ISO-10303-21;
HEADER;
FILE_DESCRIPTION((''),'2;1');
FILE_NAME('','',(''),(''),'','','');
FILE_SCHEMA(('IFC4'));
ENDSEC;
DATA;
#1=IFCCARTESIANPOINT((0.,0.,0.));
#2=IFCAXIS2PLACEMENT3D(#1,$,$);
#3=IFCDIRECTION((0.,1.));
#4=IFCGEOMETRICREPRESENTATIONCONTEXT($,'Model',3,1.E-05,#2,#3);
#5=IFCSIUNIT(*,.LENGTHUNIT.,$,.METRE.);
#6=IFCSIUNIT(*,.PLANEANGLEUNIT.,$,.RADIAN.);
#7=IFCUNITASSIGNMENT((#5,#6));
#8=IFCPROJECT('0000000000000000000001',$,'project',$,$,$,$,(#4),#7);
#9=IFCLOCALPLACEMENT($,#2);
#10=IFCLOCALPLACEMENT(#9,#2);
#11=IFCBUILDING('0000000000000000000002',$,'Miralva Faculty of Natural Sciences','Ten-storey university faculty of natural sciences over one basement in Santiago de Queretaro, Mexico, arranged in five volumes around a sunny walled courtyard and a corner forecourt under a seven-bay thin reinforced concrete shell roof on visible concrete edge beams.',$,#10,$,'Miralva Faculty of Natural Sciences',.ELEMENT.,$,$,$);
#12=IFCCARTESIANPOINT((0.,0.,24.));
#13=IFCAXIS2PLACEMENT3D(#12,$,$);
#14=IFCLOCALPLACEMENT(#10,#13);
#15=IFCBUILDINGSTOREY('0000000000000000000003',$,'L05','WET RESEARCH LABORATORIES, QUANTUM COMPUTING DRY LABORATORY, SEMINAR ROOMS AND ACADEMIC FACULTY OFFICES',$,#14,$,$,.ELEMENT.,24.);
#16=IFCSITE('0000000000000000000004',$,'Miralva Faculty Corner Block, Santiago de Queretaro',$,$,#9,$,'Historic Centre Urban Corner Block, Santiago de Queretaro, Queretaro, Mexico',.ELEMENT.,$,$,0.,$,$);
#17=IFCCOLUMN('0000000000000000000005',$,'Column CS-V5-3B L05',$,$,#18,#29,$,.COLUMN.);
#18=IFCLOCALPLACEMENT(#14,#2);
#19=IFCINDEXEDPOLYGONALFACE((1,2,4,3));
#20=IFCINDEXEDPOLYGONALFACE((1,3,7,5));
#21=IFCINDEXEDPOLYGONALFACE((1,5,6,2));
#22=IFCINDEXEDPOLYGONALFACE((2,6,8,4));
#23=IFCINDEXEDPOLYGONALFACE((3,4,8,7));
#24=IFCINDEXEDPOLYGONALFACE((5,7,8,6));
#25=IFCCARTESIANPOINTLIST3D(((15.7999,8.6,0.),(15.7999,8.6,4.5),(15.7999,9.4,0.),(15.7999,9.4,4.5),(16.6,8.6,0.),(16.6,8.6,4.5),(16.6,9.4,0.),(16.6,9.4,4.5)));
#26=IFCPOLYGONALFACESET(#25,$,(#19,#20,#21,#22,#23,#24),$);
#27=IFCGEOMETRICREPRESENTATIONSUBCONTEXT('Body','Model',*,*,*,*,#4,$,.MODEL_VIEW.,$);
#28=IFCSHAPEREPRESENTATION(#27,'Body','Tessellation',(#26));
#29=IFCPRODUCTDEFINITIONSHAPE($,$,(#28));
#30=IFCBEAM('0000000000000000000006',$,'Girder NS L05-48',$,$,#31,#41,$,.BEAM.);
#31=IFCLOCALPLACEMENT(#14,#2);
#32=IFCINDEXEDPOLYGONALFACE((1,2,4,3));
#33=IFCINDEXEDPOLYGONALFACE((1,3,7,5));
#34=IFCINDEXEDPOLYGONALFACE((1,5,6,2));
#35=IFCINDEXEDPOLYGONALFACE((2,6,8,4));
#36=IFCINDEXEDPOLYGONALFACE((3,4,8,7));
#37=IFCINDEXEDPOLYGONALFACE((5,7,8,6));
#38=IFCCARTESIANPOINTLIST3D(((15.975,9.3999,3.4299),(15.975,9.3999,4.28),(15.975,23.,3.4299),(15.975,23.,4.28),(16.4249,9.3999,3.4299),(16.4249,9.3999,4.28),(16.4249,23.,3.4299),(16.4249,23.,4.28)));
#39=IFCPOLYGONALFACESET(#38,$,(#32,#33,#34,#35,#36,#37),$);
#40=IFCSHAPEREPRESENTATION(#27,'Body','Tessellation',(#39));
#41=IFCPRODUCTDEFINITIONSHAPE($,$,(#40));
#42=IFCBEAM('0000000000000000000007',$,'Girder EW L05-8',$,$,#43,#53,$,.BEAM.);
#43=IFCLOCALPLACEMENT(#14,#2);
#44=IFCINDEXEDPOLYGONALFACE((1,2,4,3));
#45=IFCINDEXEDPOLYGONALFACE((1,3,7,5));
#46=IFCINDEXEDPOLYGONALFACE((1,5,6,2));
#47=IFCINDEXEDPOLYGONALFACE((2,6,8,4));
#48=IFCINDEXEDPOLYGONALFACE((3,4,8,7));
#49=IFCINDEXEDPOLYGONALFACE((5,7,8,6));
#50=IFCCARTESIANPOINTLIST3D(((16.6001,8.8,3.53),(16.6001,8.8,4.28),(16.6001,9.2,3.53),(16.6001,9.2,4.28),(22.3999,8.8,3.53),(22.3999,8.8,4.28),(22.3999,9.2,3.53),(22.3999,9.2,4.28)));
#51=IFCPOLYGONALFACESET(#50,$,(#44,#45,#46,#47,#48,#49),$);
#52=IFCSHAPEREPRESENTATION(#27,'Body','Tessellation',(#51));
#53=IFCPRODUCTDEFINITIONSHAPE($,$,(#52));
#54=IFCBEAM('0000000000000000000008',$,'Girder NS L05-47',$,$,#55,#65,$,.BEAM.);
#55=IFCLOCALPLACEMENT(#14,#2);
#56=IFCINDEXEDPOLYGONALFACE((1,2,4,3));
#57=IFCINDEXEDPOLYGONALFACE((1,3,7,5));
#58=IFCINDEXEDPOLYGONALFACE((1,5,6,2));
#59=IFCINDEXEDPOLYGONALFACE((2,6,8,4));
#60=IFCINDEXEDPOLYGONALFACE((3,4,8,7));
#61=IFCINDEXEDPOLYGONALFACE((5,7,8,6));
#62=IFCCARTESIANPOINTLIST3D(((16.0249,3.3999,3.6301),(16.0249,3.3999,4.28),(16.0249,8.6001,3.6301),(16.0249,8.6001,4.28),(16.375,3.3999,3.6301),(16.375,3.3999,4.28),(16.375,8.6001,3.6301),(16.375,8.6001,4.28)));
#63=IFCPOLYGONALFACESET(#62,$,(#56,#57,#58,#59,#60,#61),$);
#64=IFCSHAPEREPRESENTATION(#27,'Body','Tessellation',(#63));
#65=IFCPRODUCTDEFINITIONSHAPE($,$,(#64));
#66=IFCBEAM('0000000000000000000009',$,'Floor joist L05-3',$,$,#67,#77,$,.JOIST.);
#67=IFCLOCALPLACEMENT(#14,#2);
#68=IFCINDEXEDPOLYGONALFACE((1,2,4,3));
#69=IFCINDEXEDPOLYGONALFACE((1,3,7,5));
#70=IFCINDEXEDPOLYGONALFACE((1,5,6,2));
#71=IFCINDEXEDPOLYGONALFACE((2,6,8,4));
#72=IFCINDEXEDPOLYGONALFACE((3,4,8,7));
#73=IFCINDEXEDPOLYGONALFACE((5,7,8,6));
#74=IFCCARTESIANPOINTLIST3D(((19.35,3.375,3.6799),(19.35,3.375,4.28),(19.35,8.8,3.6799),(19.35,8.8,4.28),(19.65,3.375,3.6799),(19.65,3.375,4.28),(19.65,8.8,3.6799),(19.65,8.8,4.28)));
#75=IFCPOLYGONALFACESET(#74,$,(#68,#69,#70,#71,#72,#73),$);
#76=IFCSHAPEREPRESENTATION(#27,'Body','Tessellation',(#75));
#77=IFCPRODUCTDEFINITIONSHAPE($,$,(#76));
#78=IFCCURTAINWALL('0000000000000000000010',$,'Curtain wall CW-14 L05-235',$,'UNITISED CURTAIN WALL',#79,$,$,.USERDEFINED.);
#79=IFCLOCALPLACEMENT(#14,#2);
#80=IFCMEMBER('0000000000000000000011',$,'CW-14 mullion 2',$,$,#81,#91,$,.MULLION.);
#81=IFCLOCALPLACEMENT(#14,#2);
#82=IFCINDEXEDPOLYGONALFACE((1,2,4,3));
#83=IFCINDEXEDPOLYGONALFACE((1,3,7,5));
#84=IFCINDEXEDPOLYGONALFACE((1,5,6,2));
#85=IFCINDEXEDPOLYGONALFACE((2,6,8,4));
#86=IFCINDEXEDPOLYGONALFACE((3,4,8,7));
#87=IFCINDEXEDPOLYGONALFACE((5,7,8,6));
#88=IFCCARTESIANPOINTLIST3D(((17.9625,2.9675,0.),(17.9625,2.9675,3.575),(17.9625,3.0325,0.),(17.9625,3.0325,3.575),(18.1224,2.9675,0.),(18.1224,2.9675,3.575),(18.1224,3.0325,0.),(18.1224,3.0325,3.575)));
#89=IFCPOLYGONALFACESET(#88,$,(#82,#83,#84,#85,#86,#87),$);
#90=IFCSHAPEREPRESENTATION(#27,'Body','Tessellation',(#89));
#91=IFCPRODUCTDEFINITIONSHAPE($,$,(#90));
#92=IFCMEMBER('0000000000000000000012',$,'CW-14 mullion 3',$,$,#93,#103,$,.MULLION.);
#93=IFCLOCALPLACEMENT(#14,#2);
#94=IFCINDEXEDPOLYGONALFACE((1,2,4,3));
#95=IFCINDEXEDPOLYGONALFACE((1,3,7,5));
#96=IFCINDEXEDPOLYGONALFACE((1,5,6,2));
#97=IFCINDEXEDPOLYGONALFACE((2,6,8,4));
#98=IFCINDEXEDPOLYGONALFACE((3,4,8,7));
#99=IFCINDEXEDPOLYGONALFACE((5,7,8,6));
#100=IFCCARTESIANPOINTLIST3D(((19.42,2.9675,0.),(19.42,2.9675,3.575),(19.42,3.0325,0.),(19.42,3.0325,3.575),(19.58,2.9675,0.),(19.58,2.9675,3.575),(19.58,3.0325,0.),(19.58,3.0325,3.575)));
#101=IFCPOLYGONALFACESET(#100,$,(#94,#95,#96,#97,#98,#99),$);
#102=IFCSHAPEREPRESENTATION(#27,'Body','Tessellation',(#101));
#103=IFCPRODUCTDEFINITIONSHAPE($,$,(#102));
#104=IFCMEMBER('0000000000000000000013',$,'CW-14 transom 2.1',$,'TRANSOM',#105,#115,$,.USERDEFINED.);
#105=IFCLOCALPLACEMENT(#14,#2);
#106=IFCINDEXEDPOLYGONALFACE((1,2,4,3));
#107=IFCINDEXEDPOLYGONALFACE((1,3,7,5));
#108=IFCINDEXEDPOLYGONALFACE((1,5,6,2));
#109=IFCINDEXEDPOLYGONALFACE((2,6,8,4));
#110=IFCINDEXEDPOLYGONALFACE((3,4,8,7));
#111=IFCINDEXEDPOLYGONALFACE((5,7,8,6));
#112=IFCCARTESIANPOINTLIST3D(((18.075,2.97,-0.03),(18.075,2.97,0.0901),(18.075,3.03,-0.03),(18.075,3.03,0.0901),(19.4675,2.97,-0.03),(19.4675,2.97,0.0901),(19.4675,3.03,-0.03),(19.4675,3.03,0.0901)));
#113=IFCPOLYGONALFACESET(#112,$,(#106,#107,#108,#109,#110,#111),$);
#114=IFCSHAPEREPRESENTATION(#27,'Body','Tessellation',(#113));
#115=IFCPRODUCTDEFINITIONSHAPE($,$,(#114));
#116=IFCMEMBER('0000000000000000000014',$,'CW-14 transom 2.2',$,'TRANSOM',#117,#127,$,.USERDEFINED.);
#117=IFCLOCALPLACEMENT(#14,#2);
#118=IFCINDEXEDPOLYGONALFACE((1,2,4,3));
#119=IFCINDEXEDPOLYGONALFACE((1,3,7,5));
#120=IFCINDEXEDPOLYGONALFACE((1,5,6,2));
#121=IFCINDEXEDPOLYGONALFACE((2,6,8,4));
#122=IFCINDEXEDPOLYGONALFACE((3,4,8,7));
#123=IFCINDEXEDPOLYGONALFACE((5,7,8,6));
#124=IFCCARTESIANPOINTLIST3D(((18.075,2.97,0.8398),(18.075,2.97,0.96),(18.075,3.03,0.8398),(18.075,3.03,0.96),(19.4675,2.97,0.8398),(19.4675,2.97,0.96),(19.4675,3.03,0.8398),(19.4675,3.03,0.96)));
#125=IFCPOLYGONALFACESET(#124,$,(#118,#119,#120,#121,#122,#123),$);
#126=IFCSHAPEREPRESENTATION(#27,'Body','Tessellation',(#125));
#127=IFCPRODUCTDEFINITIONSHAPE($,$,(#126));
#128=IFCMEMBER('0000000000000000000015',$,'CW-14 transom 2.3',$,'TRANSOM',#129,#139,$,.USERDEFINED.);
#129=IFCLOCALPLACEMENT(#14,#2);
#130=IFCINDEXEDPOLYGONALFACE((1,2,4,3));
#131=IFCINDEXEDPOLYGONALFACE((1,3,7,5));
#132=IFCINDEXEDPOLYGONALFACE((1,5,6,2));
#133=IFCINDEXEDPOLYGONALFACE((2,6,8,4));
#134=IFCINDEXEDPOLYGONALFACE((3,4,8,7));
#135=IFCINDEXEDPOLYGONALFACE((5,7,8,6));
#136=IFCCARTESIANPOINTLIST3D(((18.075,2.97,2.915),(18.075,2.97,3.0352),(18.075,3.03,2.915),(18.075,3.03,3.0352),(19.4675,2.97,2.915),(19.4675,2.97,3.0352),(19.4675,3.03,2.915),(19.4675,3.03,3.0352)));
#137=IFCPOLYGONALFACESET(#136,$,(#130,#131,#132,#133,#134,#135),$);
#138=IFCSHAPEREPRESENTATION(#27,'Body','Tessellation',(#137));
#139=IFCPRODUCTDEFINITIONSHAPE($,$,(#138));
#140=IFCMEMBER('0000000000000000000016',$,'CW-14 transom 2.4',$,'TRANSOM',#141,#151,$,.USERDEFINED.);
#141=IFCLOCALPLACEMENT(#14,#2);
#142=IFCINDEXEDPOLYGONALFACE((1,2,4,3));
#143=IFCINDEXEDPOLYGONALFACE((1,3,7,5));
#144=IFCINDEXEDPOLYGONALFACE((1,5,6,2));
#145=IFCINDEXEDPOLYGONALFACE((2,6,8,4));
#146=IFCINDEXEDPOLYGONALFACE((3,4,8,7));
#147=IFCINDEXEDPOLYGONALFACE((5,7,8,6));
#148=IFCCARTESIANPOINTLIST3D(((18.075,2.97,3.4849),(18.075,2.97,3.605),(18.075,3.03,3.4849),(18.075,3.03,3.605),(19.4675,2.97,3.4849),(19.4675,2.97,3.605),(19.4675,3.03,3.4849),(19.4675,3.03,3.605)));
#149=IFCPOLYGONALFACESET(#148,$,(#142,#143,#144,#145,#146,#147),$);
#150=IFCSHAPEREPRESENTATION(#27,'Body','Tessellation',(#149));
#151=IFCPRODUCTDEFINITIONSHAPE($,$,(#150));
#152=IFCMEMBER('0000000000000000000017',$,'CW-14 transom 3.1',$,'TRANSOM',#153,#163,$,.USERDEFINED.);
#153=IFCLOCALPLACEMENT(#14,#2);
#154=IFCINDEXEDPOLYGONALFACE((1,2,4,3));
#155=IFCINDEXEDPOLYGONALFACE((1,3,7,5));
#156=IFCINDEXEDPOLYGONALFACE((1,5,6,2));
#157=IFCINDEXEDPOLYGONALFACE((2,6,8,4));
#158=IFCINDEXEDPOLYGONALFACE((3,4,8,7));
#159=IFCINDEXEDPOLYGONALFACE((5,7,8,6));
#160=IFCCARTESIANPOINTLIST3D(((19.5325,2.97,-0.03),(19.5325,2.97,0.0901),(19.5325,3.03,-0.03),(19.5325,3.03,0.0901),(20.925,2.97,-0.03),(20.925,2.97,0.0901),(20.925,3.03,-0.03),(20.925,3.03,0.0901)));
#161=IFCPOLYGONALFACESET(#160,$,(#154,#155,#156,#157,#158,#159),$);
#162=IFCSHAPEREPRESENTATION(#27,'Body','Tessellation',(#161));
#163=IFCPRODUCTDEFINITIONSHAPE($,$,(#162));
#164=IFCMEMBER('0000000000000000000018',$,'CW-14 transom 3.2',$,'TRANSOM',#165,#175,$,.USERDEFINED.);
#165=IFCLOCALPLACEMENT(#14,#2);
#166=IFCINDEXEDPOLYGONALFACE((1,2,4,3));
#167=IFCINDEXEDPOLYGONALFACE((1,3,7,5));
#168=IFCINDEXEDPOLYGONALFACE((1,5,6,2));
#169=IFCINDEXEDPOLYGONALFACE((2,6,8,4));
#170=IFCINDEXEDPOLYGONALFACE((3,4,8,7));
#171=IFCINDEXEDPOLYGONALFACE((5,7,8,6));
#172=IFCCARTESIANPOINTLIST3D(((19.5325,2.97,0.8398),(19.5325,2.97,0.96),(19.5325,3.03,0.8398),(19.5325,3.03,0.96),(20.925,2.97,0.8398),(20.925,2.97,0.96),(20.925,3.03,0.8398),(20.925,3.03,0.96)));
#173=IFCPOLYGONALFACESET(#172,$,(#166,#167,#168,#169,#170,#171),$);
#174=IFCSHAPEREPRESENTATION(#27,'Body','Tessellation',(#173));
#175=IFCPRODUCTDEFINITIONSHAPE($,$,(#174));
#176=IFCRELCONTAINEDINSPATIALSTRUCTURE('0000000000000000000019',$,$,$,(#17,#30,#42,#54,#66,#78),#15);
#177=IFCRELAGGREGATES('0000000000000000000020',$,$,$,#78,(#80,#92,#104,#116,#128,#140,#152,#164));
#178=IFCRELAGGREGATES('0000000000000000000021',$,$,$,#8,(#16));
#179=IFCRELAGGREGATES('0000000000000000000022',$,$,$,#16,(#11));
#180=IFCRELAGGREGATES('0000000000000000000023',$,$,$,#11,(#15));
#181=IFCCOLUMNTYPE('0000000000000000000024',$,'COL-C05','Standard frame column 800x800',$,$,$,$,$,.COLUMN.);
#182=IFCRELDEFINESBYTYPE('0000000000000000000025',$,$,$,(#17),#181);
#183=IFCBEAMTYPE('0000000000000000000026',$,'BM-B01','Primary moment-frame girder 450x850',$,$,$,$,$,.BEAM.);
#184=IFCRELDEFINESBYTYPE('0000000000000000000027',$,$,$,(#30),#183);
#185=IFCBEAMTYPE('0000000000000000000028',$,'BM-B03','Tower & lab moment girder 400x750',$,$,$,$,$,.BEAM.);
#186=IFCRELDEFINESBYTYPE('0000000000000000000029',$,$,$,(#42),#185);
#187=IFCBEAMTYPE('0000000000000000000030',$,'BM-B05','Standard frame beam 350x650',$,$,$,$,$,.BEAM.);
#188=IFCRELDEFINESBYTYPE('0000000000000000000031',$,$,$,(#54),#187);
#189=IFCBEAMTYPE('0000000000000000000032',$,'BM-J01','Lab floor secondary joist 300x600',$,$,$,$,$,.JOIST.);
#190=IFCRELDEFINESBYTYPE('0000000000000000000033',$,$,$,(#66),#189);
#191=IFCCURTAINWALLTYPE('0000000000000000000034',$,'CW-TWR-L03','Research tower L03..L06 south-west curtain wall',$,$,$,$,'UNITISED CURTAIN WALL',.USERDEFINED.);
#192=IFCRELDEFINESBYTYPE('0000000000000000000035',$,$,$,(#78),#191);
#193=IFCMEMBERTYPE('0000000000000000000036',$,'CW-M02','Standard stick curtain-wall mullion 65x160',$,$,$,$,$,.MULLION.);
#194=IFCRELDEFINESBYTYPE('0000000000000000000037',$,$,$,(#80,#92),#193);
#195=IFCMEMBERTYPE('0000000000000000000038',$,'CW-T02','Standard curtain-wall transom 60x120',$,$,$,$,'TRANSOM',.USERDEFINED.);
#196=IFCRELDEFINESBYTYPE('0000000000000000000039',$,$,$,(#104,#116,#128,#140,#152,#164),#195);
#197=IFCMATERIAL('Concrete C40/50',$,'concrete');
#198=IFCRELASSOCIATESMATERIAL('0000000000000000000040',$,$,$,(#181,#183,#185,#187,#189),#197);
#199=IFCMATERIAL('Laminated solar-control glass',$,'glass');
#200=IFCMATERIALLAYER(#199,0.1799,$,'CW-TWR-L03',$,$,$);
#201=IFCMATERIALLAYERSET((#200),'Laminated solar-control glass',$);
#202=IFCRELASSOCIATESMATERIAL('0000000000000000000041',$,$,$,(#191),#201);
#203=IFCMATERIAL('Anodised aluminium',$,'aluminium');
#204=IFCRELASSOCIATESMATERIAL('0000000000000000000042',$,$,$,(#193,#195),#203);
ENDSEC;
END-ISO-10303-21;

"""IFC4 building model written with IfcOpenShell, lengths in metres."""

from ifc_helpers import new_model, si_unit, direction, frame, origin, origin_2d, place, context, subcontext, project, spatial, rectangle, extrude, material, layer, layer_set, material_profile, profile_set, type_object, element, aggregate, save


model = new_model("IFC4")

# Units and contexts
model_context = context("Model", 3, precision=1e-05, world=origin(), true_north=direction((0.0, 1.0)))
body_context = subcontext(model_context, "Body", "Model", "MODEL_VIEW")
ifc_project = project(units=[si_unit("LENGTHUNIT", "METRE"), si_unit("PLANEANGLEUNIT", "RADIAN")], contexts=[model_context])

# Site, building, storey
site_placement = place(None, origin())
site = spatial("IfcSite", under=ifc_project, at=site_placement, Name="Miralva Faculty Corner Block, Santiago de Queretaro", LongName="Historic Centre Urban Corner Block, Santiago de Queretaro, Queretaro, Mexico", CompositionType="ELEMENT", RefElevation=0.0)
building_placement = place(site_placement, origin())
building = spatial("IfcBuilding", under=site, at=building_placement, Name="Miralva Faculty of Natural Sciences", Description="Ten-storey university faculty of natural sciences over one basement in Santiago de Queretaro, Mexico, arranged in five volumes around a sunny walled courtyard and a corner forecourt under a seven-bay thin reinforced concrete shell roof on visible concrete edge beams.", LongName="Miralva Faculty of Natural Sciences", CompositionType="ELEMENT")
storey_placement = place(building_placement, frame((0.0, 0.0, 24.0)))
storey = spatial("IfcBuildingStorey", under=building, at=storey_placement, Name="L05", Description="WET RESEARCH LABORATORIES, QUANTUM COMPUTING DRY LABORATORY, SEMINAR ROOMS AND ACADEMIC FACULTY OFFICES", CompositionType="ELEMENT", Elevation=24.0)

# Column
ifc_material_1 = material(Name="Concrete C40/50", Category="concrete")
ifc_material_profile_1 = material_profile(ifc_material_1, rectangle(XDim=0.8, YDim=0.8, at=origin_2d()), Name="RC 800x800")
ifc_profile_set_1 = profile_set([ifc_material_profile_1], Name="Concrete C40/50")
column_type = type_object("IfcColumnType", Name="COL-C05", Description="Standard frame column 800x800", PredefinedType="COLUMN", material=ifc_profile_set_1)
column_placement = place(storey_placement, frame((16.2, 9.0, 0.0), z_axis=(0.0, 0.0, 1.0), x_axis=(1.0, 0.0, 0.0)))
element("IfcColumn", 1, at=column_placement, inside=storey, type_object=column_type, Name="Column CS-V5-3B L05", PredefinedType="COLUMN", context=body_context, shape_type="SweptSolid", body=[
    extrude(rectangle(XDim=0.8, YDim=0.8, at=origin_2d()), origin(), (0.0, 0.0, 1.0), 4.5),
])

# Beams
ifc_material_profile_2 = material_profile(ifc_material_1, rectangle(XDim=0.45, YDim=0.8501, at=origin_2d()), Name="RC 450x850")
ifc_profile_set_2 = profile_set([ifc_material_profile_2], Name="Concrete C40/50")
beam_type_1 = type_object("IfcBeamType", Name="BM-B01", Description="Primary moment-frame girder 450x850", PredefinedType="BEAM", material=ifc_profile_set_2)
beam_1_placement = place(storey_placement, frame((16.2, 9.3999, 3.855), z_axis=(0.0, 1.0, 0.0), x_axis=(-1.0, 0.0, 0.0)))
element("IfcBeam", 2, at=beam_1_placement, inside=storey, type_object=beam_type_1, Name="Girder NS L05-48", PredefinedType="BEAM", context=body_context, shape_type="SweptSolid", body=[
    extrude(rectangle(XDim=0.45, YDim=0.8501, at=origin_2d()), origin(), (0.0, 0.0, 1.0), 13.6001),
])
ifc_material_profile_3 = material_profile(ifc_material_1, rectangle(XDim=0.3999, YDim=0.75, at=origin_2d()), Name="RC 400x750")
ifc_profile_set_3 = profile_set([ifc_material_profile_3], Name="Concrete C40/50")
beam_type_2 = type_object("IfcBeamType", Name="BM-B03", Description="Tower & lab moment girder 400x750", PredefinedType="BEAM", material=ifc_profile_set_3)
beam_2_placement = place(storey_placement, frame((16.6001, 9.0, 3.905), z_axis=(1.0, 0.0, 0.0), x_axis=(0.0, 1.0, 0.0)))
element("IfcBeam", 3, at=beam_2_placement, inside=storey, type_object=beam_type_2, Name="Girder EW L05-8", PredefinedType="BEAM", context=body_context, shape_type="SweptSolid", body=[
    extrude(rectangle(XDim=0.3999, YDim=0.75, at=origin_2d()), origin(), (0.0, 0.0, 1.0), 5.7998),
])
ifc_material_profile_4 = material_profile(ifc_material_1, rectangle(XDim=0.3501, YDim=0.6499, at=origin_2d()), Name="RC 350x650")
ifc_profile_set_4 = profile_set([ifc_material_profile_4], Name="Concrete C40/50")
beam_type_3 = type_object("IfcBeamType", Name="BM-B05", Description="Standard frame beam 350x650", PredefinedType="BEAM", material=ifc_profile_set_4)
beam_3_placement = place(storey_placement, frame((16.2, 3.3999, 3.9551), z_axis=(0.0, 1.0, 0.0), x_axis=(-1.0, 0.0, 0.0)))
element("IfcBeam", 4, at=beam_3_placement, inside=storey, type_object=beam_type_3, Name="Girder NS L05-47", PredefinedType="BEAM", context=body_context, shape_type="SweptSolid", body=[
    extrude(rectangle(XDim=0.3501, YDim=0.6499, at=origin_2d()), origin(), (0.0, 0.0, 1.0), 5.2002),
])
ifc_material_profile_5 = material_profile(ifc_material_1, rectangle(XDim=0.3, YDim=0.6001, at=origin_2d()), Name="RC 300x600")
ifc_profile_set_5 = profile_set([ifc_material_profile_5], Name="Concrete C40/50")
beam_type_4 = type_object("IfcBeamType", Name="BM-J01", Description="Lab floor secondary joist 300x600", PredefinedType="JOIST", material=ifc_profile_set_5)
beam_4_placement = place(storey_placement, frame((19.5, 3.375, 3.98), z_axis=(0.0, 1.0, 0.0), x_axis=(-1.0, 0.0, 0.0)))
element("IfcBeam", 5, at=beam_4_placement, inside=storey, type_object=beam_type_4, Name="Floor joist L05-3", PredefinedType="JOIST", context=body_context, shape_type="SweptSolid", body=[
    extrude(rectangle(XDim=0.3, YDim=0.6001, at=origin_2d()), origin(), (0.0, 0.0, 1.0), 5.425),
])

# Curtain wall, members
ifc_material_2 = material(Name="Laminated solar-control glass", Category="glass")
ifc_layer_1 = layer(ifc_material_2, 0.1799, Name="CW-TWR-L03")
ifc_layer_set_1 = layer_set([ifc_layer_1], Name="Laminated solar-control glass")
curtain_wall_type = type_object("IfcCurtainWallType", Name="CW-TWR-L03", Description="Research tower L03..L06 south-west curtain wall", ElementType="UNITISED CURTAIN WALL", PredefinedType="USERDEFINED", material=ifc_layer_set_1)
curtain_wall_placement = place(storey_placement, origin())
curtain_wall = element("IfcCurtainWall", 6, at=curtain_wall_placement, inside=storey, type_object=curtain_wall_type, Name="Curtain wall CW-14 L05-235", ObjectType="UNITISED CURTAIN WALL", PredefinedType="USERDEFINED")
ifc_material_3 = material(Name="Anodised aluminium", Category="aluminium")
ifc_material_profile_6 = material_profile(ifc_material_3, rectangle(XDim=0.0649, YDim=0.1599, at=origin_2d()), Name="MULLION 65x160")
ifc_profile_set_6 = profile_set([ifc_material_profile_6], Name="Anodised aluminium")
member_type_1 = type_object("IfcMemberType", Name="CW-M02", Description="Standard stick curtain-wall mullion 65x160", PredefinedType="MULLION", material=ifc_profile_set_6)
member_1_placement = place(storey_placement, frame((18.0425, 3.0, 0.0), z_axis=(0.0, 0.0, 1.0), x_axis=(0.0, 1.0, 0.0)))
member_1 = element("IfcMember", 7, at=member_1_placement, type_object=member_type_1, Name="CW-14 mullion 2", PredefinedType="MULLION", context=body_context, shape_type="SweptSolid", body=[
    extrude(rectangle(XDim=0.0649, YDim=0.1599, at=origin_2d()), origin(), (0.0, 0.0, 1.0), 3.575),
])
member_2_placement = place(storey_placement, frame((19.5, 3.0, 0.0), z_axis=(0.0, 0.0, 1.0), x_axis=(0.0, 1.0, 0.0)))
member_2 = element("IfcMember", 8, at=member_2_placement, type_object=member_type_1, Name="CW-14 mullion 3", PredefinedType="MULLION", context=body_context, shape_type="SweptSolid", body=[
    extrude(rectangle(XDim=0.0649, YDim=0.1599, at=origin_2d()), origin(), (0.0, 0.0, 1.0), 3.575),
])
ifc_material_profile_7 = material_profile(ifc_material_3, rectangle(XDim=0.0601, YDim=0.1201, at=origin_2d()), Name="TRANSOM 60x120")
ifc_profile_set_7 = profile_set([ifc_material_profile_7], Name="Anodised aluminium")
member_type_2 = type_object("IfcMemberType", Name="CW-T02", Description="Standard curtain-wall transom 60x120", ElementType="TRANSOM", PredefinedType="USERDEFINED", material=ifc_profile_set_7)
member_3_placement = place(storey_placement, frame((18.075, 3.0, 0.03), z_axis=(1.0, 0.0, 0.0), x_axis=(0.0, 1.0, 0.0)))
member_3 = element("IfcMember", 9, at=member_3_placement, type_object=member_type_2, Name="CW-14 transom 2.1", ObjectType="TRANSOM", PredefinedType="USERDEFINED", context=body_context, shape_type="SweptSolid", body=[
    extrude(rectangle(XDim=0.0601, YDim=0.1201, at=origin_2d()), origin(), (0.0, 0.0, 1.0), 1.3926),
])
member_4_placement = place(storey_placement, frame((18.075, 3.0, 0.8999), z_axis=(1.0, 0.0, 0.0), x_axis=(0.0, 1.0, 0.0)))
member_4 = element("IfcMember", 10, at=member_4_placement, type_object=member_type_2, Name="CW-14 transom 2.2", ObjectType="TRANSOM", PredefinedType="USERDEFINED", context=body_context, shape_type="SweptSolid", body=[
    extrude(rectangle(XDim=0.0601, YDim=0.1201, at=origin_2d()), origin(), (0.0, 0.0, 1.0), 1.3926),
])
member_5_placement = place(storey_placement, frame((18.075, 3.0, 2.9751), z_axis=(1.0, 0.0, 0.0), x_axis=(0.0, 1.0, 0.0)))
member_5 = element("IfcMember", 11, at=member_5_placement, type_object=member_type_2, Name="CW-14 transom 2.3", ObjectType="TRANSOM", PredefinedType="USERDEFINED", context=body_context, shape_type="SweptSolid", body=[
    extrude(rectangle(XDim=0.0601, YDim=0.1201, at=origin_2d()), origin(), (0.0, 0.0, 1.0), 1.3926),
])
member_6_placement = place(storey_placement, frame((18.075, 3.0, 3.5449), z_axis=(1.0, 0.0, 0.0), x_axis=(0.0, 1.0, 0.0)))
member_6 = element("IfcMember", 12, at=member_6_placement, type_object=member_type_2, Name="CW-14 transom 2.4", ObjectType="TRANSOM", PredefinedType="USERDEFINED", context=body_context, shape_type="SweptSolid", body=[
    extrude(rectangle(XDim=0.0601, YDim=0.1201, at=origin_2d()), origin(), (0.0, 0.0, 1.0), 1.3926),
])
member_7_placement = place(storey_placement, frame((19.5325, 3.0, 0.03), z_axis=(1.0, 0.0, 0.0), x_axis=(0.0, 1.0, 0.0)))
member_7 = element("IfcMember", 13, at=member_7_placement, type_object=member_type_2, Name="CW-14 transom 3.1", ObjectType="TRANSOM", PredefinedType="USERDEFINED", context=body_context, shape_type="SweptSolid", body=[
    extrude(rectangle(XDim=0.0601, YDim=0.1201, at=origin_2d()), origin(), (0.0, 0.0, 1.0), 1.3926),
])
member_8_placement = place(storey_placement, frame((19.5325, 3.0, 0.8999), z_axis=(1.0, 0.0, 0.0), x_axis=(0.0, 1.0, 0.0)))
member_8 = element("IfcMember", 14, at=member_8_placement, type_object=member_type_2, Name="CW-14 transom 3.2", ObjectType="TRANSOM", PredefinedType="USERDEFINED", context=body_context, shape_type="SweptSolid", body=[
    extrude(rectangle(XDim=0.0601, YDim=0.1201, at=origin_2d()), origin(), (0.0, 0.0, 1.0), 1.3926),
])
aggregate(curtain_wall, [member_1, member_2, member_3, member_4, member_5, member_6, member_7, member_8])

save(model, "model.ifc")
